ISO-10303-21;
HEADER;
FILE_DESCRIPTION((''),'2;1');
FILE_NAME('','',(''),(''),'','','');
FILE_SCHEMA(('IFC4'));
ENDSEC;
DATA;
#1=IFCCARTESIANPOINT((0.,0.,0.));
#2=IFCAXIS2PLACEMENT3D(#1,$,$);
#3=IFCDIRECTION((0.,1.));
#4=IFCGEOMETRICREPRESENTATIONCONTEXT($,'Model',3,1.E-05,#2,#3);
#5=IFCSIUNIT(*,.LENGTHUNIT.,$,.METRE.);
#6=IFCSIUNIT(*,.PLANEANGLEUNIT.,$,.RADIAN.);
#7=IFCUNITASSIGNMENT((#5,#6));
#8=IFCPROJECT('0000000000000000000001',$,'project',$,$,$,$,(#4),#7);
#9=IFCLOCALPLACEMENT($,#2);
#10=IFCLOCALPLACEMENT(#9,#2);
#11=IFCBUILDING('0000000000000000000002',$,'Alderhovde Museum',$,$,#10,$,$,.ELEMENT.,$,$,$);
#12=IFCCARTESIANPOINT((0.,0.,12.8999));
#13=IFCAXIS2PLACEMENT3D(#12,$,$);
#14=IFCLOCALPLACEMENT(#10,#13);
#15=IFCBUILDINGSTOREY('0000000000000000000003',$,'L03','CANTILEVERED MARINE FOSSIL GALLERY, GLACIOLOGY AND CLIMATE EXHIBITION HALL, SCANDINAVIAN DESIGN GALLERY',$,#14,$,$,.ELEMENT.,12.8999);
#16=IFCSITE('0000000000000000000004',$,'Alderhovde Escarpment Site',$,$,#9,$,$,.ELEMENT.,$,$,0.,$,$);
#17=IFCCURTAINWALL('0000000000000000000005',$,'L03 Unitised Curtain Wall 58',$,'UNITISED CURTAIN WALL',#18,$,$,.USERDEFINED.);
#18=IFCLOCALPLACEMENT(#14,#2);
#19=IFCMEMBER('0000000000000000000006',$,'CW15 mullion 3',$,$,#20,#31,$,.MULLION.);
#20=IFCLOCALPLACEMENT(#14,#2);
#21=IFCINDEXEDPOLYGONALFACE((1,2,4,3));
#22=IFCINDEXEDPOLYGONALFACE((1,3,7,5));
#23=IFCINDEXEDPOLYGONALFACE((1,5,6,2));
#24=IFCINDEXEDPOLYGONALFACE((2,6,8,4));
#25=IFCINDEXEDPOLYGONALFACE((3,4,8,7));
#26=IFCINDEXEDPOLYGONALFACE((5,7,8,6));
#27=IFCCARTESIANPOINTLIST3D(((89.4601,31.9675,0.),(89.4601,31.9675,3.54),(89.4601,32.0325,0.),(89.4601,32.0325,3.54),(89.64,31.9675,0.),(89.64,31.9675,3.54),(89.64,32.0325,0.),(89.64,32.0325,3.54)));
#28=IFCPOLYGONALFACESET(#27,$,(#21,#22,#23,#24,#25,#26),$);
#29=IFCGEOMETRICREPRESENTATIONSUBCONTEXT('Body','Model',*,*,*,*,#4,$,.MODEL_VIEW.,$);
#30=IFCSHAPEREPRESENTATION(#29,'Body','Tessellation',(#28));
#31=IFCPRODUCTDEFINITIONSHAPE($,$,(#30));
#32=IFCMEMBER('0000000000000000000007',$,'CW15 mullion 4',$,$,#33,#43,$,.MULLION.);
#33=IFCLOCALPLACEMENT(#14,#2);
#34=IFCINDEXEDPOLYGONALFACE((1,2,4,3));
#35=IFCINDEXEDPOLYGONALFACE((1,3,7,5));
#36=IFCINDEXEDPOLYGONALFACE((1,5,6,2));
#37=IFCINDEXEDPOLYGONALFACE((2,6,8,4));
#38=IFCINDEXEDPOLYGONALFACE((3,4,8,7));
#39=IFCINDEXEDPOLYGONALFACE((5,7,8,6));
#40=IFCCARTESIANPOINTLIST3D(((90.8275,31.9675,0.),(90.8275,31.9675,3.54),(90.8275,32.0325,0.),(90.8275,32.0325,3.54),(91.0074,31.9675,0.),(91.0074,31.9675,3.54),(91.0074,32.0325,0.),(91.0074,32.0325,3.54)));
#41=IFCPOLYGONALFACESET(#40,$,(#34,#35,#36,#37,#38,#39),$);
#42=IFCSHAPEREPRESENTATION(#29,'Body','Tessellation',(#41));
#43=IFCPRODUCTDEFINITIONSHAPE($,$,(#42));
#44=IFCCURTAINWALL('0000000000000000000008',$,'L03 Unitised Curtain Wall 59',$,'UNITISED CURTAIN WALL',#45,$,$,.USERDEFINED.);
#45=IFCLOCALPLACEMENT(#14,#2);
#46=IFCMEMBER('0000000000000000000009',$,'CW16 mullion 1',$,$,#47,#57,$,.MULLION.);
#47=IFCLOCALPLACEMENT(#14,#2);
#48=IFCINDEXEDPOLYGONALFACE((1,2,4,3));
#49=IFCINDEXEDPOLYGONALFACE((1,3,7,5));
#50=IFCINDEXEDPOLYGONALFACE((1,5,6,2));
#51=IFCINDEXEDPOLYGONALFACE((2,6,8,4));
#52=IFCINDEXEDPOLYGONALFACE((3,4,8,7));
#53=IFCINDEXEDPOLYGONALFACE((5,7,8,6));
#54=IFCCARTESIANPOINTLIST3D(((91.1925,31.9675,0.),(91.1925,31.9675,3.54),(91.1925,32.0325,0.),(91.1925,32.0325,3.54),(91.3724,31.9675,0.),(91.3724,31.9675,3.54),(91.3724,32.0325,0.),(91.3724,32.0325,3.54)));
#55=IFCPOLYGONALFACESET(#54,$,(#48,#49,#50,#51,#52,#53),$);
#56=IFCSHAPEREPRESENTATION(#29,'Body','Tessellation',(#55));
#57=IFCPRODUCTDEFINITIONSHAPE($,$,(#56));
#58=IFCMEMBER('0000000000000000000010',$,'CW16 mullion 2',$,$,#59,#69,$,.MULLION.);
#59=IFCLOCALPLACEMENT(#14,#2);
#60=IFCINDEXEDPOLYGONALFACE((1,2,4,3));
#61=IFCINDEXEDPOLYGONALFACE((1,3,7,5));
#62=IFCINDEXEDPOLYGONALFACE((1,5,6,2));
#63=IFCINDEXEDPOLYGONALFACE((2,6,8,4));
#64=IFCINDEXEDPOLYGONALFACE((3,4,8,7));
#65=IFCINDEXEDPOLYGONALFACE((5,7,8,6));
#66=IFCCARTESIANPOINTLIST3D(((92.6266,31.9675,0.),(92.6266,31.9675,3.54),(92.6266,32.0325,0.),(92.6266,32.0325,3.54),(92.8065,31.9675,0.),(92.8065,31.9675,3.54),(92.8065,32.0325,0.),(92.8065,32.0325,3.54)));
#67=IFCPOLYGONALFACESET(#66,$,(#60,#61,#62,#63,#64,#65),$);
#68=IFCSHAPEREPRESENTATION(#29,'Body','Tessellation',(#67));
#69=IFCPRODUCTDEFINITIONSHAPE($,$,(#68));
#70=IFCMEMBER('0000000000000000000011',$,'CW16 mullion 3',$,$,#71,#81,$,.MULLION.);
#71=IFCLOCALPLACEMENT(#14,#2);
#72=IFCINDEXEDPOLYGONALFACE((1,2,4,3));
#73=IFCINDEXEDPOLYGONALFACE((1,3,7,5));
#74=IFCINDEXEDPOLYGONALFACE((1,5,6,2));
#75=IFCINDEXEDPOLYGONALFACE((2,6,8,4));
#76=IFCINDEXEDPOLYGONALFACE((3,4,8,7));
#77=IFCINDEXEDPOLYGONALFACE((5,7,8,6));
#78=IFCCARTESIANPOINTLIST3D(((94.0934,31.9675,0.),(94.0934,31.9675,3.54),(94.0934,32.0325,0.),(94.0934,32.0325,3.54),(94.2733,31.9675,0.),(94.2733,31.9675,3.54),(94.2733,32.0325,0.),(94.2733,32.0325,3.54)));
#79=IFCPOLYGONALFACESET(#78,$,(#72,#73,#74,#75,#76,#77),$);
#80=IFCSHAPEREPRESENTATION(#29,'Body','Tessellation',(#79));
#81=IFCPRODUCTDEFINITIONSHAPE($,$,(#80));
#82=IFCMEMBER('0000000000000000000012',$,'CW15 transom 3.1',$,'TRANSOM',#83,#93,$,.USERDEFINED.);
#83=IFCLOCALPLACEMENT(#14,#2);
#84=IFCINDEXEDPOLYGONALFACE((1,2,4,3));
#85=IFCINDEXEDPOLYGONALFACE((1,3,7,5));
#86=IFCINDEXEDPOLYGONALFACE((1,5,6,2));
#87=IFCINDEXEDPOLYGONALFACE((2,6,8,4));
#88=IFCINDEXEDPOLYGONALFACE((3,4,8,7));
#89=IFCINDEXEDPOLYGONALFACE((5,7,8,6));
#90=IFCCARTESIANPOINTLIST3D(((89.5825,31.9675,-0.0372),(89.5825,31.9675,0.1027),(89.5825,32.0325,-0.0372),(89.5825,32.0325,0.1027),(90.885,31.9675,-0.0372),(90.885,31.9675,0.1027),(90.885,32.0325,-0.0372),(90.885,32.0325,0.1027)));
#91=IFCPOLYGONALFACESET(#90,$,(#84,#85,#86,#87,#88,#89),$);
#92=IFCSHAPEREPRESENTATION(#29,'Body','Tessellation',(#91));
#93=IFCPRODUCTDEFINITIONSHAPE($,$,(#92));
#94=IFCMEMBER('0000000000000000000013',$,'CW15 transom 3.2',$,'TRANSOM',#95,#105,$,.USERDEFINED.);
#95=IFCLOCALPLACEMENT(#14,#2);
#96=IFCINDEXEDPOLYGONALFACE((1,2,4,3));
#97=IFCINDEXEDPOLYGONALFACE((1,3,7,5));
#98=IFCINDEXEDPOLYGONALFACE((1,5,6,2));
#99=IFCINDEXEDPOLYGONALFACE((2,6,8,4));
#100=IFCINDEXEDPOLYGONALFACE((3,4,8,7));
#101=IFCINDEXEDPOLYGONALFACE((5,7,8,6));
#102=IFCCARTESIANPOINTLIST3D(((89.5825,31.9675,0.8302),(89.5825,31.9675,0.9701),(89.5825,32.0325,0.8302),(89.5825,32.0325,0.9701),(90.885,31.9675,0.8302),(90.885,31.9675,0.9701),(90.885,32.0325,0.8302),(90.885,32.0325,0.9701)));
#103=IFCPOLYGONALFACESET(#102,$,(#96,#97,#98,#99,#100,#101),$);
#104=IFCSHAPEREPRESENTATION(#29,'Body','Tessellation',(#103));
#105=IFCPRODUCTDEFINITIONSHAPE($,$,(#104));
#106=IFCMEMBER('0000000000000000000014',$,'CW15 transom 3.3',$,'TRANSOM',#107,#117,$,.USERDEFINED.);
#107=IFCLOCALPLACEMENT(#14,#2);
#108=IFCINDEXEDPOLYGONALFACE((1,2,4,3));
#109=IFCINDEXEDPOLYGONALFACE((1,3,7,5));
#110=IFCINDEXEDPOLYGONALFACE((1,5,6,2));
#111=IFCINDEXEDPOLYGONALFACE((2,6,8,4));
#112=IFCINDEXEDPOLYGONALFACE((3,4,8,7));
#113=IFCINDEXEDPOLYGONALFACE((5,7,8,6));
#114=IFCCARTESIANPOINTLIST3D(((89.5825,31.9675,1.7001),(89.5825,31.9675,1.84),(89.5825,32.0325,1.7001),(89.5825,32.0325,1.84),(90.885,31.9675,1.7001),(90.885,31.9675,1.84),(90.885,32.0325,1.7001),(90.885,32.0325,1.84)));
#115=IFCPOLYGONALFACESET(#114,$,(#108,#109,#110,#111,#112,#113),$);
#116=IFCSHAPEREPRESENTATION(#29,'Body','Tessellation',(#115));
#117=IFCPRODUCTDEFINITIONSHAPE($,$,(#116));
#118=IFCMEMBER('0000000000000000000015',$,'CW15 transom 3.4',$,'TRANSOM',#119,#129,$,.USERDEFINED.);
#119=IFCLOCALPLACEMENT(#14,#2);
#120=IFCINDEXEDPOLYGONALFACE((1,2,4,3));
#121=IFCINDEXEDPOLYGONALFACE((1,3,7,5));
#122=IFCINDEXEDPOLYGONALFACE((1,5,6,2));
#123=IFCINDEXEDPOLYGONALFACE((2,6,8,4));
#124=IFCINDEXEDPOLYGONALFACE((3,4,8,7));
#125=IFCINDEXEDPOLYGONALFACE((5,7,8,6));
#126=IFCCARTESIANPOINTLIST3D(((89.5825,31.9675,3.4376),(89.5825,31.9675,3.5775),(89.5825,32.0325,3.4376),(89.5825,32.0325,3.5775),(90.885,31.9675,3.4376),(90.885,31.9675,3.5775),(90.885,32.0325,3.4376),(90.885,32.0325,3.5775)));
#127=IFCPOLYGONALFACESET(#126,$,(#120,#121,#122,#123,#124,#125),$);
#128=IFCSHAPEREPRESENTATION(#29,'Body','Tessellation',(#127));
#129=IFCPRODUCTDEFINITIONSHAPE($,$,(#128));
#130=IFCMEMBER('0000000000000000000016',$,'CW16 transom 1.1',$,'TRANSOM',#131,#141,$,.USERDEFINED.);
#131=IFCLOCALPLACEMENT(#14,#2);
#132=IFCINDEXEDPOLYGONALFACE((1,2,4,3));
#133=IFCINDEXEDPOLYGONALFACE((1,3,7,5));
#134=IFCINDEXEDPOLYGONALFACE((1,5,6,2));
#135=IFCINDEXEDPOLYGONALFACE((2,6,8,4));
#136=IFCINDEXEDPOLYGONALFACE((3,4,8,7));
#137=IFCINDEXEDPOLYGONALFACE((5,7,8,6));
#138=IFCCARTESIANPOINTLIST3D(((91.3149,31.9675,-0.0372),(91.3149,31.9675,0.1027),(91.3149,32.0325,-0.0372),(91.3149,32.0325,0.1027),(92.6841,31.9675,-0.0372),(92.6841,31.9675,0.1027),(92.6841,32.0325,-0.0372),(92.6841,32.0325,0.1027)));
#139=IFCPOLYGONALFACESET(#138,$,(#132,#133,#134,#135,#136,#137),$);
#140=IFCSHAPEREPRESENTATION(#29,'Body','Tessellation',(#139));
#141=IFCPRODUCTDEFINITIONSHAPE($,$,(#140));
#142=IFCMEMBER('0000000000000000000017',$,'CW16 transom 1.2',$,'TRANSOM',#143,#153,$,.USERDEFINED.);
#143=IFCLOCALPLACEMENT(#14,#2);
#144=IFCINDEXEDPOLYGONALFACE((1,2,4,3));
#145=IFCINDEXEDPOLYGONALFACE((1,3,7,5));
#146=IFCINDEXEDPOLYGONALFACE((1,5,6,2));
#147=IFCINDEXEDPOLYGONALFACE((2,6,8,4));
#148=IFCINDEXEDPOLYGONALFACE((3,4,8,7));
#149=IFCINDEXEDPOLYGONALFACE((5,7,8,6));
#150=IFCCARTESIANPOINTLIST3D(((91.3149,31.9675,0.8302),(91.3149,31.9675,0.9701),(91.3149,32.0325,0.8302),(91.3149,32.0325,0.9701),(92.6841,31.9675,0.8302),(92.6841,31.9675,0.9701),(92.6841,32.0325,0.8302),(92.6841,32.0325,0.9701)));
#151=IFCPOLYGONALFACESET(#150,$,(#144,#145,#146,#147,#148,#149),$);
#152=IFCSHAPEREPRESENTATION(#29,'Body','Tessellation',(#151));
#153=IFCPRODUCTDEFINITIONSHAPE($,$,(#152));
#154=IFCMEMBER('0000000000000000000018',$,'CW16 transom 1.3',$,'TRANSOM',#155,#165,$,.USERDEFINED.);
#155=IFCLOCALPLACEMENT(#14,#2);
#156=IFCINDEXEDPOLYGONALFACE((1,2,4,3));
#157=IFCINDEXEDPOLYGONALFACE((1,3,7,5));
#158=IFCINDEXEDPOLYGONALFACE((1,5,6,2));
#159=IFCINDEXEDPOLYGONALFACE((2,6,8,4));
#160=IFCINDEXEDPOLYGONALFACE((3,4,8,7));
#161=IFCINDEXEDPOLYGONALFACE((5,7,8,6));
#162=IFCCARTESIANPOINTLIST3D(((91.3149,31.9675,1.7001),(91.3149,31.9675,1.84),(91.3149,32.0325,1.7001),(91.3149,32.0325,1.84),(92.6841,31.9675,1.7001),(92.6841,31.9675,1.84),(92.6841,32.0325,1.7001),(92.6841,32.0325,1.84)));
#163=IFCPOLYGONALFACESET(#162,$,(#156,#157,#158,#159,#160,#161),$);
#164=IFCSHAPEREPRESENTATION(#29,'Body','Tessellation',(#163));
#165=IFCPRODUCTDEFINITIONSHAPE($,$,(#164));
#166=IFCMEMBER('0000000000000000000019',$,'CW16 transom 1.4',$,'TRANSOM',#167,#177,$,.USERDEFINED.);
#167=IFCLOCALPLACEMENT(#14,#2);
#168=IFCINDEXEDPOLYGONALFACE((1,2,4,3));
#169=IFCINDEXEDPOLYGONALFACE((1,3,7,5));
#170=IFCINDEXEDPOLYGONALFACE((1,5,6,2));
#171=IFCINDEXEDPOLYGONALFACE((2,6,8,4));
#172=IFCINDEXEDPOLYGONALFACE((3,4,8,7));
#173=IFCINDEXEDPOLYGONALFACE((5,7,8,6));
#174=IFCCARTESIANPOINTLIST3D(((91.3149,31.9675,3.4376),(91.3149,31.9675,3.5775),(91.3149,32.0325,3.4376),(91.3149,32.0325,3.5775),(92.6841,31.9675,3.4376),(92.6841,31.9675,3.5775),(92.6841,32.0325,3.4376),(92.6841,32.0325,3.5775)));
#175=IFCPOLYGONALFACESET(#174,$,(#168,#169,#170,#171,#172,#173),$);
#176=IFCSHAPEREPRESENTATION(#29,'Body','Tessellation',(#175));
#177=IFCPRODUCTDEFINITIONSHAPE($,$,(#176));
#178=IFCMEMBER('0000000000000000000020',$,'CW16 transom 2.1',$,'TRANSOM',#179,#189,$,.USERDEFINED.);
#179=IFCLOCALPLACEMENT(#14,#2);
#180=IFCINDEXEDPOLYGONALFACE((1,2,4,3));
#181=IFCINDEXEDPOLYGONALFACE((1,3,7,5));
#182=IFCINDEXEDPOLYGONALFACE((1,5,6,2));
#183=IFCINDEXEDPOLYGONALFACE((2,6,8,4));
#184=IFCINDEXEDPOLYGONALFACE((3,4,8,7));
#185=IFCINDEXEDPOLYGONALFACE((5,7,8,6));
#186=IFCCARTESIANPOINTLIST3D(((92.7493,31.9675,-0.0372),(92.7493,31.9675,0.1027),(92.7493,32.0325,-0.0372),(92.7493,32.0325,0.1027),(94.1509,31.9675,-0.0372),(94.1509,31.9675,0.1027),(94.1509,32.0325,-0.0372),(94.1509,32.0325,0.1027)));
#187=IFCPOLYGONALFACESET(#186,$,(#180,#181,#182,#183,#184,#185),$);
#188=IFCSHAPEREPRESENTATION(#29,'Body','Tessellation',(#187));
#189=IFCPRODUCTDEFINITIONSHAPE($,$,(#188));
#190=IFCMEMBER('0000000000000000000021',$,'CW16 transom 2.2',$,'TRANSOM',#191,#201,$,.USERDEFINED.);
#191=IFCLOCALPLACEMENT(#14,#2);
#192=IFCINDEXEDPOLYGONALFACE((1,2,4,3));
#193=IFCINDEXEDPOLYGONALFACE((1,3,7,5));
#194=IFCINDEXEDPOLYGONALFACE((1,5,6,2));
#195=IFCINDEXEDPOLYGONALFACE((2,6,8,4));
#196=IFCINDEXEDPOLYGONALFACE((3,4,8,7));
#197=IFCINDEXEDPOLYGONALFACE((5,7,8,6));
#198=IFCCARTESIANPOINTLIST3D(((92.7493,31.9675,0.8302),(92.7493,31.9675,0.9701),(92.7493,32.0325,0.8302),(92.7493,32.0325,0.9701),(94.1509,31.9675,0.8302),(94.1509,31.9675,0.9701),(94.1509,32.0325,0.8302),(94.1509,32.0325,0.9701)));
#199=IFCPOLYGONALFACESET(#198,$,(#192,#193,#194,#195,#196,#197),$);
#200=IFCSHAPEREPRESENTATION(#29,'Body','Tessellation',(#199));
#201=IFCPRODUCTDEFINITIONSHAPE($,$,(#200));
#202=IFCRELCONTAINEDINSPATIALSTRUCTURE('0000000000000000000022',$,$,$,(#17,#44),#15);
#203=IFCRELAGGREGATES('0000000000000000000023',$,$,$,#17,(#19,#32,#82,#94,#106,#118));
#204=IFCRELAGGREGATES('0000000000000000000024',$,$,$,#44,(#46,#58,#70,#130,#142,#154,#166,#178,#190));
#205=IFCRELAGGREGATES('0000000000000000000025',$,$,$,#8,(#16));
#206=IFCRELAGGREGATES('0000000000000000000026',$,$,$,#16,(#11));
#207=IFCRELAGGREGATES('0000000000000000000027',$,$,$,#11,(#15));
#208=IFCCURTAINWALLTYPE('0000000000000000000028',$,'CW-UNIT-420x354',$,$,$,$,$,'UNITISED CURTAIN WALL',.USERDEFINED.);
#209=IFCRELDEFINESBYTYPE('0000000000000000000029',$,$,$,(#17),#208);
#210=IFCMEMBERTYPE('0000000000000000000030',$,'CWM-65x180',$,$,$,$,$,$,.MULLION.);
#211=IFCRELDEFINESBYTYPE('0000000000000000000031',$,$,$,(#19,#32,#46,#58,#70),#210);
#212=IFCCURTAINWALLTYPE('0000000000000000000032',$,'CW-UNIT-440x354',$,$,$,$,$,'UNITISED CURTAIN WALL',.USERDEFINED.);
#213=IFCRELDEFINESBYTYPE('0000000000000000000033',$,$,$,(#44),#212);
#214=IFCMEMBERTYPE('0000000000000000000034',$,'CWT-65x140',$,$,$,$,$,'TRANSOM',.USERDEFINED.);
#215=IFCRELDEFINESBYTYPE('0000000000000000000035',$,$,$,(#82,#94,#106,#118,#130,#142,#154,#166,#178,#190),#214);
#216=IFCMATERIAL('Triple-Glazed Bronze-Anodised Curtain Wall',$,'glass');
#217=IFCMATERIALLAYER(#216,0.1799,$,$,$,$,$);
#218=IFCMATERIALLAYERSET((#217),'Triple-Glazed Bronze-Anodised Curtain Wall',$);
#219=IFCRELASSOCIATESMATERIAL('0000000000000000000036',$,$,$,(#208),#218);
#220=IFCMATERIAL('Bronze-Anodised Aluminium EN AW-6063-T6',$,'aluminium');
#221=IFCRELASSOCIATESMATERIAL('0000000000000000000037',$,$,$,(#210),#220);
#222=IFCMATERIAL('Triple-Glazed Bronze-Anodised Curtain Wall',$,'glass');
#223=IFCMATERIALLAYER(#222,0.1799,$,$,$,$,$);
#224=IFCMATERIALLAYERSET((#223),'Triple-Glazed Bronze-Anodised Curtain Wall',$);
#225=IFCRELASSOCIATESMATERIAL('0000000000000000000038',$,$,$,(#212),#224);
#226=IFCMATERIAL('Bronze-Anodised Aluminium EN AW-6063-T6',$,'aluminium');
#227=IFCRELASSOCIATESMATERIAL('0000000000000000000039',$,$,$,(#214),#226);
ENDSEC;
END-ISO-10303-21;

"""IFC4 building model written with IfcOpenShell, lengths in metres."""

from ifc_helpers import new_model, si_unit, direction, frame, origin, origin_2d, place, context, subcontext, project, spatial, rectangle, extrude, material, layer, layer_set, material_profile, profile_set, type_object, element, aggregate, save


model = new_model("IFC4")

# Units and contexts
model_context = context("Model", 3, precision=1e-05, world=origin(), true_north=direction((0.0, 1.0)))
body_context = subcontext(model_context, "Body", "Model", "MODEL_VIEW")
ifc_project = project(units=[si_unit("LENGTHUNIT", "METRE"), si_unit("PLANEANGLEUNIT", "RADIAN")], contexts=[model_context])

# Site, building, storey
site_placement = place(None, origin())
site = spatial("IfcSite", under=ifc_project, at=site_placement, Name="Alderhovde Escarpment Site", CompositionType="ELEMENT", RefElevation=0.0)
building_placement = place(site_placement, origin())
building = spatial("IfcBuilding", under=site, at=building_placement, Name="Alderhovde Museum", CompositionType="ELEMENT")
storey_placement = place(building_placement, frame((0.0, 0.0, 12.8999)))
storey = spatial("IfcBuildingStorey", under=building, at=storey_placement, Name="L03", Description="CANTILEVERED MARINE FOSSIL GALLERY, GLACIOLOGY AND CLIMATE EXHIBITION HALL, SCANDINAVIAN DESIGN GALLERY", CompositionType="ELEMENT", Elevation=12.8999)

# Curtain walls, members
ifc_material_1 = material(Name="Triple-Glazed Bronze-Anodised Curtain Wall", Category="glass")
ifc_layer_1 = layer(ifc_material_1, 0.1799)
ifc_layer_set_1 = layer_set([ifc_layer_1], Name="Triple-Glazed Bronze-Anodised Curtain Wall")
curtain_wall_type_1 = type_object("IfcCurtainWallType", Name="CW-UNIT-420x354", ElementType="UNITISED CURTAIN WALL", PredefinedType="USERDEFINED", material=ifc_layer_set_1)
curtain_wall_1_placement = place(storey_placement, origin())
curtain_wall_1 = element("IfcCurtainWall", 1, at=curtain_wall_1_placement, inside=storey, type_object=curtain_wall_type_1, Name="L03 Unitised Curtain Wall 58", ObjectType="UNITISED CURTAIN WALL", PredefinedType="USERDEFINED")
ifc_material_2 = material(Name="Bronze-Anodised Aluminium EN AW-6063-T6", Category="aluminium")
ifc_material_profile_1 = material_profile(ifc_material_2, rectangle(XDim=0.0649, YDim=0.1799, at=origin_2d()), Name="MULLION 65x180")
ifc_profile_set_1 = profile_set([ifc_material_profile_1], Name="Bronze-Anodised Aluminium EN AW-6063-T6")
member_type_1 = type_object("IfcMemberType", Name="CWM-65x180", PredefinedType="MULLION", material=ifc_profile_set_1)
member_1_placement = place(storey_placement, frame((89.55, 32.0, 0.0), z_axis=(0.0, 0.0, 1.0), x_axis=(0.0, 1.0, 0.0)))
member_1 = element("IfcMember", 2, at=member_1_placement, type_object=member_type_1, Name="CW15 mullion 3", PredefinedType="MULLION", context=body_context, shape_type="SweptSolid", body=[
    extrude(rectangle(XDim=0.0649, YDim=0.1799, at=origin_2d()), origin(), (0.0, 0.0, 1.0), 3.54),
])
member_2_placement = place(storey_placement, frame((90.9175, 32.0, 0.0), z_axis=(0.0, 0.0, 1.0), x_axis=(0.0, 1.0, 0.0)))
member_2 = element("IfcMember", 3, at=member_2_placement, type_object=member_type_1, Name="CW15 mullion 4", PredefinedType="MULLION", context=body_context, shape_type="SweptSolid", body=[
    extrude(rectangle(XDim=0.0649, YDim=0.1799, at=origin_2d()), origin(), (0.0, 0.0, 1.0), 3.54),
])
ifc_material_3 = material(Name="Triple-Glazed Bronze-Anodised Curtain Wall", Category="glass")
ifc_layer_2 = layer(ifc_material_3, 0.1799)
ifc_layer_set_2 = layer_set([ifc_layer_2], Name="Triple-Glazed Bronze-Anodised Curtain Wall")
curtain_wall_type_2 = type_object("IfcCurtainWallType", Name="CW-UNIT-440x354", ElementType="UNITISED CURTAIN WALL", PredefinedType="USERDEFINED", material=ifc_layer_set_2)
curtain_wall_2_placement = place(storey_placement, origin())
curtain_wall_2 = element("IfcCurtainWall", 4, at=curtain_wall_2_placement, inside=storey, type_object=curtain_wall_type_2, Name="L03 Unitised Curtain Wall 59", ObjectType="UNITISED CURTAIN WALL", PredefinedType="USERDEFINED")
member_3_placement = place(storey_placement, frame((91.2825, 32.0, 0.0), z_axis=(0.0, 0.0, 1.0), x_axis=(0.0, 1.0, 0.0)))
member_3 = element("IfcMember", 5, at=member_3_placement, type_object=member_type_1, Name="CW16 mullion 1", PredefinedType="MULLION", context=body_context, shape_type="SweptSolid", body=[
    extrude(rectangle(XDim=0.0649, YDim=0.1799, at=origin_2d()), origin(), (0.0, 0.0, 1.0), 3.54),
])
member_4_placement = place(storey_placement, frame((92.7166, 32.0, 0.0), z_axis=(0.0, 0.0, 1.0), x_axis=(0.0, 1.0, 0.0)))
member_4 = element("IfcMember", 6, at=member_4_placement, type_object=member_type_1, Name="CW16 mullion 2", PredefinedType="MULLION", context=body_context, shape_type="SweptSolid", body=[
    extrude(rectangle(XDim=0.0649, YDim=0.1799, at=origin_2d()), origin(), (0.0, 0.0, 1.0), 3.54),
])
member_5_placement = place(storey_placement, frame((94.1833, 32.0, 0.0), z_axis=(0.0, 0.0, 1.0), x_axis=(0.0, 1.0, 0.0)))
member_5 = element("IfcMember", 7, at=member_5_placement, type_object=member_type_1, Name="CW16 mullion 3", PredefinedType="MULLION", context=body_context, shape_type="SweptSolid", body=[
    extrude(rectangle(XDim=0.0649, YDim=0.1799, at=origin_2d()), origin(), (0.0, 0.0, 1.0), 3.54),
])

# Members
ifc_material_4 = material(Name="Bronze-Anodised Aluminium EN AW-6063-T6", Category="aluminium")
ifc_material_profile_2 = material_profile(ifc_material_4, rectangle(XDim=0.0649, YDim=0.1399, at=origin_2d()), Name="TRANSOM 65x140")
ifc_profile_set_2 = profile_set([ifc_material_profile_2], Name="Bronze-Anodised Aluminium EN AW-6063-T6")
member_type_2 = type_object("IfcMemberType", Name="CWT-65x140", ElementType="TRANSOM", PredefinedType="USERDEFINED", material=ifc_profile_set_2)
member_6_placement = place(storey_placement, frame((89.5825, 32.0, 0.0327), z_axis=(1.0, 0.0, 0.0), x_axis=(0.0, 1.0, 0.0)))
member_6 = element("IfcMember", 8, at=member_6_placement, type_object=member_type_2, Name="CW15 transom 3.1", ObjectType="TRANSOM", PredefinedType="USERDEFINED", context=body_context, shape_type="SweptSolid", body=[
    extrude(rectangle(XDim=0.0649, YDim=0.1399, at=origin_2d()), origin(), (0.0, 0.0, 1.0), 1.3025),
])
member_7_placement = place(storey_placement, frame((89.5825, 32.0, 0.9001), z_axis=(1.0, 0.0, 0.0), x_axis=(0.0, 1.0, 0.0)))
member_7 = element("IfcMember", 9, at=member_7_placement, type_object=member_type_2, Name="CW15 transom 3.2", ObjectType="TRANSOM", PredefinedType="USERDEFINED", context=body_context, shape_type="SweptSolid", body=[
    extrude(rectangle(XDim=0.0649, YDim=0.1399, at=origin_2d()), origin(), (0.0, 0.0, 1.0), 1.3025),
])
member_8_placement = place(storey_placement, frame((89.5825, 32.0, 1.77), z_axis=(1.0, 0.0, 0.0), x_axis=(0.0, 1.0, 0.0)))
member_8 = element("IfcMember", 10, at=member_8_placement, type_object=member_type_2, Name="CW15 transom 3.3", ObjectType="TRANSOM", PredefinedType="USERDEFINED", context=body_context, shape_type="SweptSolid", body=[
    extrude(rectangle(XDim=0.0649, YDim=0.1399, at=origin_2d()), origin(), (0.0, 0.0, 1.0), 1.3025),
])
member_9_placement = place(storey_placement, frame((89.5825, 32.0, 3.5076), z_axis=(1.0, 0.0, 0.0), x_axis=(0.0, 1.0, 0.0)))
member_9 = element("IfcMember", 11, at=member_9_placement, type_object=member_type_2, Name="CW15 transom 3.4", ObjectType="TRANSOM", PredefinedType="USERDEFINED", context=body_context, shape_type="SweptSolid", body=[
    extrude(rectangle(XDim=0.0649, YDim=0.1399, at=origin_2d()), origin(), (0.0, 0.0, 1.0), 1.3025),
])
member_10_placement = place(storey_placement, frame((91.3149, 32.0, 0.0327), z_axis=(1.0, 0.0, 0.0), x_axis=(0.0, 1.0, 0.0)))
member_10 = element("IfcMember", 12, at=member_10_placement, type_object=member_type_2, Name="CW16 transom 1.1", ObjectType="TRANSOM", PredefinedType="USERDEFINED", context=body_context, shape_type="SweptSolid", body=[
    extrude(rectangle(XDim=0.0649, YDim=0.1399, at=origin_2d()), origin(), (0.0, 0.0, 1.0), 1.3691),
])
member_11_placement = place(storey_placement, frame((91.3149, 32.0, 0.9001), z_axis=(1.0, 0.0, 0.0), x_axis=(0.0, 1.0, 0.0)))
member_11 = element("IfcMember", 13, at=member_11_placement, type_object=member_type_2, Name="CW16 transom 1.2", ObjectType="TRANSOM", PredefinedType="USERDEFINED", context=body_context, shape_type="SweptSolid", body=[
    extrude(rectangle(XDim=0.0649, YDim=0.1399, at=origin_2d()), origin(), (0.0, 0.0, 1.0), 1.3691),
])
member_12_placement = place(storey_placement, frame((91.3149, 32.0, 1.77), z_axis=(1.0, 0.0, 0.0), x_axis=(0.0, 1.0, 0.0)))
member_12 = element("IfcMember", 14, at=member_12_placement, type_object=member_type_2, Name="CW16 transom 1.3", ObjectType="TRANSOM", PredefinedType="USERDEFINED", context=body_context, shape_type="SweptSolid", body=[
    extrude(rectangle(XDim=0.0649, YDim=0.1399, at=origin_2d()), origin(), (0.0, 0.0, 1.0), 1.3691),
])
member_13_placement = place(storey_placement, frame((91.3149, 32.0, 3.5076), z_axis=(1.0, 0.0, 0.0), x_axis=(0.0, 1.0, 0.0)))
member_13 = element("IfcMember", 15, at=member_13_placement, type_object=member_type_2, Name="CW16 transom 1.4", ObjectType="TRANSOM", PredefinedType="USERDEFINED", context=body_context, shape_type="SweptSolid", body=[
    extrude(rectangle(XDim=0.0649, YDim=0.1399, at=origin_2d()), origin(), (0.0, 0.0, 1.0), 1.3691),
])
member_14_placement = place(storey_placement, frame((92.7493, 32.0, 0.0327), z_axis=(1.0, 0.0, 0.0), x_axis=(0.0, 1.0, 0.0)))
member_14 = element("IfcMember", 16, at=member_14_placement, type_object=member_type_2, Name="CW16 transom 2.1", ObjectType="TRANSOM", PredefinedType="USERDEFINED", context=body_context, shape_type="SweptSolid", body=[
    extrude(rectangle(XDim=0.0649, YDim=0.1399, at=origin_2d()), origin(), (0.0, 0.0, 1.0), 1.4016),
])
member_15_placement = place(storey_placement, frame((92.7493, 32.0, 0.9001), z_axis=(1.0, 0.0, 0.0), x_axis=(0.0, 1.0, 0.0)))
member_15 = element("IfcMember", 17, at=member_15_placement, type_object=member_type_2, Name="CW16 transom 2.2", ObjectType="TRANSOM", PredefinedType="USERDEFINED", context=body_context, shape_type="SweptSolid", body=[
    extrude(rectangle(XDim=0.0649, YDim=0.1399, at=origin_2d()), origin(), (0.0, 0.0, 1.0), 1.4016),
])

aggregate(curtain_wall_1, [member_1, member_2, member_6, member_7, member_8, member_9])
aggregate(curtain_wall_2, [member_3, member_4, member_5, member_10, member_11, member_12, member_13, member_14, member_15])

save(model, "model.ifc")
